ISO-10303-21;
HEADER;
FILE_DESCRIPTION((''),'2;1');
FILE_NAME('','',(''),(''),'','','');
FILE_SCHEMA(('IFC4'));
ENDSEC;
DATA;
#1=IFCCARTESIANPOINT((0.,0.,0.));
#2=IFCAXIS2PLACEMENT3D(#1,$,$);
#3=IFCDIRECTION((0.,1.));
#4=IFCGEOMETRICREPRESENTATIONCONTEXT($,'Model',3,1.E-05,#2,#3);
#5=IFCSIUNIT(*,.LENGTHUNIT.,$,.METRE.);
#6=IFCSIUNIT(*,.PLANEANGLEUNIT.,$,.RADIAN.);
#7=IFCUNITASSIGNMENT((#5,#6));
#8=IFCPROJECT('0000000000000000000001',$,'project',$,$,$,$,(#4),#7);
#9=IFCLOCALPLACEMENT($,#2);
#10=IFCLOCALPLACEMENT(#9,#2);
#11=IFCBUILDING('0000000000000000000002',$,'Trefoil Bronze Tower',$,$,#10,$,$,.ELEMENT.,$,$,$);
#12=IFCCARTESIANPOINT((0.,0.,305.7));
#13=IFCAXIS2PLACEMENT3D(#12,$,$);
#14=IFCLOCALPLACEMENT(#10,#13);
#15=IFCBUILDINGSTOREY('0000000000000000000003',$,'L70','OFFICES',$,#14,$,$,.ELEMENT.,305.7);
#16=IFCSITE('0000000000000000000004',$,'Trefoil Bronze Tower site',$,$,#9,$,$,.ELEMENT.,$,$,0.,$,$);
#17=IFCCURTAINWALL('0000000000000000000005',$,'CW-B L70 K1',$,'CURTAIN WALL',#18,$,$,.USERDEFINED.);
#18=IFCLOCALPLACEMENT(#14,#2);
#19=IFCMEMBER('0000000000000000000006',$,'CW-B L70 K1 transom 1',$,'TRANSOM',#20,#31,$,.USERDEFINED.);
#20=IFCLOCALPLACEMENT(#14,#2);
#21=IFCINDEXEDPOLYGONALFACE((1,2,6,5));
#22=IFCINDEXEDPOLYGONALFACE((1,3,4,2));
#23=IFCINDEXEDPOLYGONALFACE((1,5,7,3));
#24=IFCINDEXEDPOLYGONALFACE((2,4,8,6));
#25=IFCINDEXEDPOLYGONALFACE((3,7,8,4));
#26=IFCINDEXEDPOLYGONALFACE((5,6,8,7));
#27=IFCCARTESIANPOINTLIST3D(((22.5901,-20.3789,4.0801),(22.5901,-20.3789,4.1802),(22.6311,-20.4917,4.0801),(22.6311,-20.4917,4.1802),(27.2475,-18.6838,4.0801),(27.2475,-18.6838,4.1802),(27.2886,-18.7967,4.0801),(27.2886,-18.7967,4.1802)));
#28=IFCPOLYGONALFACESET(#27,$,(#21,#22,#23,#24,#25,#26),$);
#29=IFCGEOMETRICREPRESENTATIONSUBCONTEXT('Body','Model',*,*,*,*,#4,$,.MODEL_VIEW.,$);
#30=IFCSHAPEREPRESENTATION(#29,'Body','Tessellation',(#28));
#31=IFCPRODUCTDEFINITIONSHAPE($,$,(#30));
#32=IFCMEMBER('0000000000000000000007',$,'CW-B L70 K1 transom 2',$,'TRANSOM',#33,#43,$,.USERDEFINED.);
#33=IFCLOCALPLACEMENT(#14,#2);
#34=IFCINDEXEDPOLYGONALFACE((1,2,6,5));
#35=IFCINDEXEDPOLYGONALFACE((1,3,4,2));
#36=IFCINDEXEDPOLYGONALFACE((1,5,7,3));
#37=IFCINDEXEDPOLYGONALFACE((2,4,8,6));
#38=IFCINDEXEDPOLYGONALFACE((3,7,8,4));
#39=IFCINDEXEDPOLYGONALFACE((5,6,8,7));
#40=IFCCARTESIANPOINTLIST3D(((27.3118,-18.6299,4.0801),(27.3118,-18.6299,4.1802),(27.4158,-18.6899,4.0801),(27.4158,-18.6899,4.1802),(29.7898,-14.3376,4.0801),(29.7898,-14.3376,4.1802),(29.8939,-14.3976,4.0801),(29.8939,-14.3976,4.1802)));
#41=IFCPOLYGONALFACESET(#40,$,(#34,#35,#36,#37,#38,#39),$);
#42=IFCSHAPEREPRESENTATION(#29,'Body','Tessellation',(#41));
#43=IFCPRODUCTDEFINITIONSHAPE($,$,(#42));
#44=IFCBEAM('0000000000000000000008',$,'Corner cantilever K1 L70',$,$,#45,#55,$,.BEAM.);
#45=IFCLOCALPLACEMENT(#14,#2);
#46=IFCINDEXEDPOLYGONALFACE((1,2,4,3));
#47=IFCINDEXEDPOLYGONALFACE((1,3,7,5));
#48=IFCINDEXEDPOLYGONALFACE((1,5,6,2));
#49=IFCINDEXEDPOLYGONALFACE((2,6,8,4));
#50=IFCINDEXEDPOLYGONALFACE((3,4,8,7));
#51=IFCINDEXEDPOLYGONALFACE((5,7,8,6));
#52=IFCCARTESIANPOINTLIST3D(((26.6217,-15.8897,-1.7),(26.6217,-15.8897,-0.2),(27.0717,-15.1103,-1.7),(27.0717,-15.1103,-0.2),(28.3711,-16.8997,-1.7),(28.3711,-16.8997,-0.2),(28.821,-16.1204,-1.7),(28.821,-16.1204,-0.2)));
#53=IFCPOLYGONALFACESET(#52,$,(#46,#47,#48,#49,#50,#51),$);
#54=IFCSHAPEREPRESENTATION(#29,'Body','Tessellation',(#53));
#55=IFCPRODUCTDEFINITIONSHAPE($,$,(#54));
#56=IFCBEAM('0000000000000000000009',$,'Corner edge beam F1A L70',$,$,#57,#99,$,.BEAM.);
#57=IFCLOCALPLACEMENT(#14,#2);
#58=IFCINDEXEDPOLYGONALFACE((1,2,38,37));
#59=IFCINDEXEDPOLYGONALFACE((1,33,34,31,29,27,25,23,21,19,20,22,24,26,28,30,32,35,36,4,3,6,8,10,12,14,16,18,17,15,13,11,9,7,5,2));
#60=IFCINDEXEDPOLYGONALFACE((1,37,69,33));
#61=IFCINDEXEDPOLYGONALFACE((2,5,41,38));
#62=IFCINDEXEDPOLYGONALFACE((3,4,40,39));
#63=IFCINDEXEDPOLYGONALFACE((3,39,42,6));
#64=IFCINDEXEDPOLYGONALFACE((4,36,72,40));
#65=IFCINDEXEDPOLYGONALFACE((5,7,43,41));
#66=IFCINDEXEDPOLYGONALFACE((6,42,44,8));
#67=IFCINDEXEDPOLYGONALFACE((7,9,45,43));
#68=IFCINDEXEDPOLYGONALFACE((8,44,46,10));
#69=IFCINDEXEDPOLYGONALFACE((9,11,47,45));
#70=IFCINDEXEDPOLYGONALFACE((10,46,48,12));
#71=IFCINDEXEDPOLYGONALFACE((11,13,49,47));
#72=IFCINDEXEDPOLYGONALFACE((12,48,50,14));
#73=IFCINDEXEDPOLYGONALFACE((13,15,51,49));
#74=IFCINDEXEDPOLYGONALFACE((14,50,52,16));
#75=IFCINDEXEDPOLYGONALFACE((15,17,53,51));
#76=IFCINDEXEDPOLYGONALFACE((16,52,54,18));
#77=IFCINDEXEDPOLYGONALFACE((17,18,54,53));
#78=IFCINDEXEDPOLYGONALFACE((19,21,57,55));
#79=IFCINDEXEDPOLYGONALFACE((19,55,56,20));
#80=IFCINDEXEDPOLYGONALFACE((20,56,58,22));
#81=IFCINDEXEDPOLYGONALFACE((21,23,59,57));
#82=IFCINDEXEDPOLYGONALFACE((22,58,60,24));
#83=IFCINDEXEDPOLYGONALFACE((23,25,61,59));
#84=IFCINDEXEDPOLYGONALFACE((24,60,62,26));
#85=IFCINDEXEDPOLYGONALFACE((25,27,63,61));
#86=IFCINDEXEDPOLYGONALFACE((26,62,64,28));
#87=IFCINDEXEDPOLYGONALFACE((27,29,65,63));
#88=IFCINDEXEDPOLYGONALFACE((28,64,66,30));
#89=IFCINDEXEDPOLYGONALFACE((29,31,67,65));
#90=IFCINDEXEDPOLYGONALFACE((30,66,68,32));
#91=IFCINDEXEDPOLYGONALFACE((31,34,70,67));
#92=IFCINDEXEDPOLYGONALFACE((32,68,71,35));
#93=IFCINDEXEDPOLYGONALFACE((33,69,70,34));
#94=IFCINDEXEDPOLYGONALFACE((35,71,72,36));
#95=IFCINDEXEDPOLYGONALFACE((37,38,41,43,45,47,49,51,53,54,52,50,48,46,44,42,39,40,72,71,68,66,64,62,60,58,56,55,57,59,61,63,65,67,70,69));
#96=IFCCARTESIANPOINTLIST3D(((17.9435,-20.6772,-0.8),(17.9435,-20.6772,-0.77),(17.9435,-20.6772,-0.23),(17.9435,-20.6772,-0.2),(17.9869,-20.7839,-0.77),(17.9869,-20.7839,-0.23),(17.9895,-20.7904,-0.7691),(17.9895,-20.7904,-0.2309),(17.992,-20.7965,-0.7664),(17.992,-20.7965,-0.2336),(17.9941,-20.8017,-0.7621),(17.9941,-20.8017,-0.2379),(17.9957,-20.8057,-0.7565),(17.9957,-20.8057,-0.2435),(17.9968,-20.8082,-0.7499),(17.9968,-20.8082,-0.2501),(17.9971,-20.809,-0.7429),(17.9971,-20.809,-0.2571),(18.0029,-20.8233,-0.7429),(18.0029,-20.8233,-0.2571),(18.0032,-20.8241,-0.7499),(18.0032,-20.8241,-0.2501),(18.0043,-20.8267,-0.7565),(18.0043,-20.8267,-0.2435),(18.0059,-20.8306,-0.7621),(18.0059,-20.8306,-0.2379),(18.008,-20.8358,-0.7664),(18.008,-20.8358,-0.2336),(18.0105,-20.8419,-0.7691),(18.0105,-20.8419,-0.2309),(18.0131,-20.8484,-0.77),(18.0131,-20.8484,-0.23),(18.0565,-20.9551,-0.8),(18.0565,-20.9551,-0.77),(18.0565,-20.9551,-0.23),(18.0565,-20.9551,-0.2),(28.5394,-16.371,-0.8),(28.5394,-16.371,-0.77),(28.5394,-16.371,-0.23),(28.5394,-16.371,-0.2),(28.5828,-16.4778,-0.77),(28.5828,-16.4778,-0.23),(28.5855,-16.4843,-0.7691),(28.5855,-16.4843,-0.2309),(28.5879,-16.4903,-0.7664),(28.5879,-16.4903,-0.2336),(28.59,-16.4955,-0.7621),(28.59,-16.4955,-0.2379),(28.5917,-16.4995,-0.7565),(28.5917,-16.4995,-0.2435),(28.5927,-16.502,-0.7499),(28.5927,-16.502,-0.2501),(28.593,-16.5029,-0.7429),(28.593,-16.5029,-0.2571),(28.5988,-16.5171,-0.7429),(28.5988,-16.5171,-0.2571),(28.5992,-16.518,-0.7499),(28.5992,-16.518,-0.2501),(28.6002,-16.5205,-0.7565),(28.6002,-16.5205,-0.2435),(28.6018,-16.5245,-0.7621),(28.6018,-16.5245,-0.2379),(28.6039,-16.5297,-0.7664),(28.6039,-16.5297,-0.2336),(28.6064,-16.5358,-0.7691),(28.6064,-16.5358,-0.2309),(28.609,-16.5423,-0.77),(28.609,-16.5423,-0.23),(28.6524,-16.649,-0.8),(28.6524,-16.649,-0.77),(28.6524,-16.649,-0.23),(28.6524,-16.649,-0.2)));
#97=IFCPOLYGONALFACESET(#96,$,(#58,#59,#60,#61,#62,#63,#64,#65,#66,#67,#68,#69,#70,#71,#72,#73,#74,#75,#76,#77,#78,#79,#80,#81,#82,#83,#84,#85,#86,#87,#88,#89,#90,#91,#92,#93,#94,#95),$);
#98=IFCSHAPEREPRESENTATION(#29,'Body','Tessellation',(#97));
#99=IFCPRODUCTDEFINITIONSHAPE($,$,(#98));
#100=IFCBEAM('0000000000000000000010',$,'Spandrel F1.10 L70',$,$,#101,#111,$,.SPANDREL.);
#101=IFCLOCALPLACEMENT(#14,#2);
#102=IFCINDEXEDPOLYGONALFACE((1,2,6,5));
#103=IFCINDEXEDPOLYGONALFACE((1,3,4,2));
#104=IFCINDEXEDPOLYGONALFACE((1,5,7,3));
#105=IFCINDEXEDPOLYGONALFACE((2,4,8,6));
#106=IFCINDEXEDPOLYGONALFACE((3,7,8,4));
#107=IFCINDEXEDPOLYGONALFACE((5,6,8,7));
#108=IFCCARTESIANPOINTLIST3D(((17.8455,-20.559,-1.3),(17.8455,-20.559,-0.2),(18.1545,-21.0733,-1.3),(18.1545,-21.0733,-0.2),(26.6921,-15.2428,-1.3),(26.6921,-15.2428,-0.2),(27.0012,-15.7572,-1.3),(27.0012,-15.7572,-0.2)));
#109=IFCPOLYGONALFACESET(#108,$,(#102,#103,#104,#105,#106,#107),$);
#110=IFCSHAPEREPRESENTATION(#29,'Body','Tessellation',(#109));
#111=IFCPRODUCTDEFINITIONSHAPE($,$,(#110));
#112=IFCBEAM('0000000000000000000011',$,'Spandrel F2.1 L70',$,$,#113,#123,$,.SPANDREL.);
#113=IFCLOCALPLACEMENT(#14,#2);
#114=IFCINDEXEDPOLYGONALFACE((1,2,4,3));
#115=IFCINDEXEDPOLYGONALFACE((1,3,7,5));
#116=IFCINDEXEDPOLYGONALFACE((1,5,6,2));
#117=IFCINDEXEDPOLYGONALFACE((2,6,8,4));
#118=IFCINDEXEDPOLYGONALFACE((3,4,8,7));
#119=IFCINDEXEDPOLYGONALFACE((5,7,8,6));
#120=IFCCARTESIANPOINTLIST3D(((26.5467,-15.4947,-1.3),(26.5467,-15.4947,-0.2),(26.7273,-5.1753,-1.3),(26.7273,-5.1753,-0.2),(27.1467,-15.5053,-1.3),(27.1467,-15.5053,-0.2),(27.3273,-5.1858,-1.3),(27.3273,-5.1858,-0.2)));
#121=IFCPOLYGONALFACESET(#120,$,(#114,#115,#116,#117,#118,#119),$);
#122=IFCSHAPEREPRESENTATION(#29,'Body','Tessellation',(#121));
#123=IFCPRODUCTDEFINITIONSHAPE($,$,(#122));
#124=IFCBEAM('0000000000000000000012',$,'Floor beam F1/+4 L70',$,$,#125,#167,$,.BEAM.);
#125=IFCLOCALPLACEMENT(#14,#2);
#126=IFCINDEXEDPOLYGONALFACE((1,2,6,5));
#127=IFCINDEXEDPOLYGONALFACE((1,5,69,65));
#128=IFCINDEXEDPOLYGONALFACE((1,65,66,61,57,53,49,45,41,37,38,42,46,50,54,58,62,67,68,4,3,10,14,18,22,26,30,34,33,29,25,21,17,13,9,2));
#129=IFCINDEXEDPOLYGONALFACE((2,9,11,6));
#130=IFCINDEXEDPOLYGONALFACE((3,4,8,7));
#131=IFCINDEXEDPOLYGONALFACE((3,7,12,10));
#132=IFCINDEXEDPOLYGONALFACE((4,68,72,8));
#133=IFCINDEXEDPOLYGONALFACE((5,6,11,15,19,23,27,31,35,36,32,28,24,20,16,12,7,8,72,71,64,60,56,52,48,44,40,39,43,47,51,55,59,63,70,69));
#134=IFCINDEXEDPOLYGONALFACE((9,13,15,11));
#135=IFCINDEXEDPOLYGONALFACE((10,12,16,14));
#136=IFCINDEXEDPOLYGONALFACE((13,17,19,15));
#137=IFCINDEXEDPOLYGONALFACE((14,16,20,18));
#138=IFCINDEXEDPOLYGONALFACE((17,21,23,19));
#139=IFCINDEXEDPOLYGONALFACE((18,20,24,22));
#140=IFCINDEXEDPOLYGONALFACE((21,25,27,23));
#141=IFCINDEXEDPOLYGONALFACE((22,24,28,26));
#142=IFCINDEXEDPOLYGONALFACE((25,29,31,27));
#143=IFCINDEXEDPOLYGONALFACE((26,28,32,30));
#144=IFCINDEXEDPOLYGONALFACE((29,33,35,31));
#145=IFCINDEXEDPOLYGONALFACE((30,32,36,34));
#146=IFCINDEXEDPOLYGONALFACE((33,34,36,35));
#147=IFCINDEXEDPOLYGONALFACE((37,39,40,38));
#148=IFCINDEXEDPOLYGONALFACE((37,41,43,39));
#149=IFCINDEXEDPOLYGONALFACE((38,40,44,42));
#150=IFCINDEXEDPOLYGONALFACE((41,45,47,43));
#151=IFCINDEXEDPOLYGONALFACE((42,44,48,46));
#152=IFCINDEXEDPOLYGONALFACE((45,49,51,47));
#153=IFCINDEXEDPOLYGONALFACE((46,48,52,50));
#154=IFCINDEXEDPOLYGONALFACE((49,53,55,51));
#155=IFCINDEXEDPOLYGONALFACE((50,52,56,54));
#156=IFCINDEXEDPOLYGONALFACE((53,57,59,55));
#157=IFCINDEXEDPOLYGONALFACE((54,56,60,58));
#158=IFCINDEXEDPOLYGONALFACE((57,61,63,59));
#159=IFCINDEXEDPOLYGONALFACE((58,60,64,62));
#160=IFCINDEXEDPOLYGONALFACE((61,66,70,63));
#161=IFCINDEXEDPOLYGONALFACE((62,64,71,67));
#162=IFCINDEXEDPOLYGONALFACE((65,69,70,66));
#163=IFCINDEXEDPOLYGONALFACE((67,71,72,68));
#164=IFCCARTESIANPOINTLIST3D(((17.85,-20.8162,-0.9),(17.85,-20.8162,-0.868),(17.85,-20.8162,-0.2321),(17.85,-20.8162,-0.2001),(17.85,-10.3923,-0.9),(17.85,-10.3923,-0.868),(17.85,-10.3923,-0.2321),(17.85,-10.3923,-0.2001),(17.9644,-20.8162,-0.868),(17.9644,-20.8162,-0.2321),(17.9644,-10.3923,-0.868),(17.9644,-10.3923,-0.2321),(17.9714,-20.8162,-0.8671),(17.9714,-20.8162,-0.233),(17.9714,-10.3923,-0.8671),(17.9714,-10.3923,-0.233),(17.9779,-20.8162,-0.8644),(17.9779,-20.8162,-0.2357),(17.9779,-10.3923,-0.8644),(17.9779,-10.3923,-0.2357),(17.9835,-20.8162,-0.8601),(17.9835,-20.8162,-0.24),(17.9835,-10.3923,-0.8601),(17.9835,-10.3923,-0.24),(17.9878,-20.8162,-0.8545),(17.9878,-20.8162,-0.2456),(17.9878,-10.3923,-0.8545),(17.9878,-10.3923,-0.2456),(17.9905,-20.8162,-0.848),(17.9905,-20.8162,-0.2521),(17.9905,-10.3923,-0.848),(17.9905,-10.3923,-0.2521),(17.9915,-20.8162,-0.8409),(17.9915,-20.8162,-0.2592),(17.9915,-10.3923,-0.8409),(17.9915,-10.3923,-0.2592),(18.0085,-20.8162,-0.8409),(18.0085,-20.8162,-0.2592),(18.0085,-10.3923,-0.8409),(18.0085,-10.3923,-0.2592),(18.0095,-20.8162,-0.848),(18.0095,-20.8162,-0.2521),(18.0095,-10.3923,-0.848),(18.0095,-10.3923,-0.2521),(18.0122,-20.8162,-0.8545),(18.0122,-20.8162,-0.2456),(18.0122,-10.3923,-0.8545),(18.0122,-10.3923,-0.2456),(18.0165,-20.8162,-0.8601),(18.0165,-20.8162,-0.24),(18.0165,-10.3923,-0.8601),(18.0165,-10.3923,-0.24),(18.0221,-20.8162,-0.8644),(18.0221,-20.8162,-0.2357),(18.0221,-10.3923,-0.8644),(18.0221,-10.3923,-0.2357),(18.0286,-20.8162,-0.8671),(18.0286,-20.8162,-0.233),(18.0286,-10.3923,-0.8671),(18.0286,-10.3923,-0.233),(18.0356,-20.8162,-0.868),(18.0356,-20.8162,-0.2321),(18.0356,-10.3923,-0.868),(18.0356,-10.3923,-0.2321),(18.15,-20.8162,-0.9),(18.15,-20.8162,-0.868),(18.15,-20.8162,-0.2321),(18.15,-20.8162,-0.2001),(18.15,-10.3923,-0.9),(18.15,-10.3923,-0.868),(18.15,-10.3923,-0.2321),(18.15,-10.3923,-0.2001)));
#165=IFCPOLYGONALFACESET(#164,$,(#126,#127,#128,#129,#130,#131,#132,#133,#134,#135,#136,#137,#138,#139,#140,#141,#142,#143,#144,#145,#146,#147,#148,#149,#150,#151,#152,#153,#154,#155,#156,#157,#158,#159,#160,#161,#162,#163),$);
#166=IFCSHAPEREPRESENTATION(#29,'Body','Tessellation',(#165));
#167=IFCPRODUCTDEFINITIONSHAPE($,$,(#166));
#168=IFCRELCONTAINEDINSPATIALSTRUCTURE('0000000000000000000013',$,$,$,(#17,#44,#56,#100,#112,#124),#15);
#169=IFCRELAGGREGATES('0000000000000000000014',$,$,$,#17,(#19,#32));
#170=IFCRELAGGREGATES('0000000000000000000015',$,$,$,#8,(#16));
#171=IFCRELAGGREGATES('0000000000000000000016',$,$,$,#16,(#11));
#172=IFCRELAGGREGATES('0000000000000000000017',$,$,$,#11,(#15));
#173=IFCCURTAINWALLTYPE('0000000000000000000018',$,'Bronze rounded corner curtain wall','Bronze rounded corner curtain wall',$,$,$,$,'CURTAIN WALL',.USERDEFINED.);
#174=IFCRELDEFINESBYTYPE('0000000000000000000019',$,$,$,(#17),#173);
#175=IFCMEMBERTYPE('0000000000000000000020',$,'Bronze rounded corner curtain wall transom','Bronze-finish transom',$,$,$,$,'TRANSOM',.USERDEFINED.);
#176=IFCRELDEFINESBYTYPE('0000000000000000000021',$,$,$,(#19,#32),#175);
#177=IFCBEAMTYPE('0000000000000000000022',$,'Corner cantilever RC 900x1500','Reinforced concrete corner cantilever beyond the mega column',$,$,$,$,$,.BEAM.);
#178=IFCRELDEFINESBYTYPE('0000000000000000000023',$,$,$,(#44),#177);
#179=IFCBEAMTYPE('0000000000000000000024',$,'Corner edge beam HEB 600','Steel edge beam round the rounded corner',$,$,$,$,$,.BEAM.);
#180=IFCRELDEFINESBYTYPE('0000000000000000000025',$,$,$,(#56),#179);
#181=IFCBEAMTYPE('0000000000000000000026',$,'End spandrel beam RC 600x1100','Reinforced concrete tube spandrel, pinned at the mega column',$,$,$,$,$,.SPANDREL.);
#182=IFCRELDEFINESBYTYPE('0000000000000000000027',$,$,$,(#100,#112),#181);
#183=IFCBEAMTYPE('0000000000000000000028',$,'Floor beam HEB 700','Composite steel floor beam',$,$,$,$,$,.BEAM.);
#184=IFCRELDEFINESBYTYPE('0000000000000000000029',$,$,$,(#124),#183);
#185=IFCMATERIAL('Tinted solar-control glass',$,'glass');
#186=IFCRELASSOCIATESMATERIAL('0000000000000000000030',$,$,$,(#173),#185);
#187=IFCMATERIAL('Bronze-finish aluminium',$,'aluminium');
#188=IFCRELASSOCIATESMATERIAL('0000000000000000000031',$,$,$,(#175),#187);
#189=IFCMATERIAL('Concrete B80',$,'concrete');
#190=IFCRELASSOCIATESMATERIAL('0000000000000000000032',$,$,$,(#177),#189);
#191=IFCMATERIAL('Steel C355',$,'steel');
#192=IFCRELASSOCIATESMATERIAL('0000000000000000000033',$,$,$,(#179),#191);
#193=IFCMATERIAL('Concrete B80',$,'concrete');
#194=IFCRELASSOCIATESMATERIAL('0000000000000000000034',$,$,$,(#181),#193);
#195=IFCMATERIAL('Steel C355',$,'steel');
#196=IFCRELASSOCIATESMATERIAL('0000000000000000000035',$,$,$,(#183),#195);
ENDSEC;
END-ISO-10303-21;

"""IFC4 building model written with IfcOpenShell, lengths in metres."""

from ifc_helpers import new_model, si_unit, direction, frame, origin, origin_2d, place, context, subcontext, project, spatial, rectangle, i_section, extrude, material, material_profile, profile_set, type_object, element, aggregate, save


model = new_model("IFC4")

# Units and contexts
model_context = context("Model", 3, precision=1e-05, world=origin(), true_north=direction((0.0, 1.0)))
body_context = subcontext(model_context, "Body", "Model", "MODEL_VIEW")
ifc_project = project(units=[si_unit("LENGTHUNIT", "METRE"), si_unit("PLANEANGLEUNIT", "RADIAN")], contexts=[model_context])

# Site, building, storey
site_placement = place(None, origin())
site = spatial("IfcSite", under=ifc_project, at=site_placement, Name="Trefoil Bronze Tower site", CompositionType="ELEMENT", RefElevation=0.0)
building_placement = place(site_placement, origin())
building = spatial("IfcBuilding", under=site, at=building_placement, Name="Trefoil Bronze Tower", CompositionType="ELEMENT")
storey_placement = place(building_placement, frame((0.0, 0.0, 305.7)))
storey = spatial("IfcBuildingStorey", under=building, at=storey_placement, Name="L70", Description="OFFICES", CompositionType="ELEMENT", Elevation=305.7)

# Curtain wall, members
ifc_material_1 = material(Name="Tinted solar-control glass", Category="glass")
curtain_wall_type_1 = type_object("IfcCurtainWallType", Name="Bronze rounded corner curtain wall", Description="Bronze rounded corner curtain wall", ElementType="CURTAIN WALL", PredefinedType="USERDEFINED", material=ifc_material_1)
curtain_wall_1_placement = place(storey_placement, origin())
curtain_wall_1 = element("IfcCurtainWall", 1, at=curtain_wall_1_placement, inside=storey, type_object=curtain_wall_type_1, Name="CW-B L70 K1", ObjectType="CURTAIN WALL", PredefinedType="USERDEFINED")
ifc_material_2 = material(Name="Bronze-finish aluminium", Category="aluminium")
ifc_material_profile_1 = material_profile(ifc_material_2, rectangle(XDim=0.1201, YDim=0.1001, at=origin_2d()), Name="CW-B transom")
ifc_profile_set_1 = profile_set([ifc_material_profile_1], Name="Bronze-finish aluminium")
member_type_1 = type_object("IfcMemberType", Name="Bronze rounded corner curtain wall transom", Description="Bronze-finish transom", ElementType="TRANSOM", PredefinedType="USERDEFINED", material=ifc_profile_set_1)
member_1_placement = place(storey_placement, frame((22.6106, -20.4353, 4.1301), z_axis=(0.9397, 0.342, 0.0), x_axis=(-0.342, 0.9397, 0.0)))
member_1 = element("IfcMember", 2, at=member_1_placement, type_object=member_type_1, Name="CW-B L70 K1 transom 1", ObjectType="TRANSOM", PredefinedType="USERDEFINED", context=body_context, shape_type="SweptSolid", body=[
    extrude(rectangle(XDim=0.1201, YDim=0.1001, at=origin_2d()), origin(), (0.0, 0.0, 1.0), 4.9563),
])
member_2_placement = place(storey_placement, frame((27.3638, -18.6599, 4.1301), z_axis=(0.499985, 0.866034, 0.0), x_axis=(-0.866034, 0.499985, 0.0)))
member_2 = element("IfcMember", 3, at=member_2_placement, type_object=member_type_1, Name="CW-B L70 K1 transom 2", ObjectType="TRANSOM", PredefinedType="USERDEFINED", context=body_context, shape_type="SweptSolid", body=[
    extrude(rectangle(XDim=0.1201, YDim=0.1001, at=origin_2d()), origin(), (0.0, 0.0, 1.0), 4.9563),
])

# Beams
ifc_material_3 = material(Name="Concrete B80", Category="concrete")
ifc_material_profile_2 = material_profile(ifc_material_3, rectangle(XDim=0.8999, YDim=1.5, at=origin_2d()), Name="RC 900x1500")
ifc_profile_set_2 = profile_set([ifc_material_profile_2], Name="Concrete B80")
beam_type_1 = type_object("IfcBeamType", Name="Corner cantilever RC 900x1500", Description="Reinforced concrete corner cantilever beyond the mega column", PredefinedType="BEAM", material=ifc_profile_set_2)
beam_1_placement = place(storey_placement, frame((26.8467, -15.5, -0.95), z_axis=(0.86601, -0.500026, 0.0), x_axis=(0.500026, 0.86601, 0.0)))
element("IfcBeam", 4, at=beam_1_placement, inside=storey, type_object=beam_type_1, Name="Corner cantilever K1 L70", PredefinedType="BEAM", context=body_context, shape_type="SweptSolid", body=[
    extrude(rectangle(XDim=0.8999, YDim=1.5, at=origin_2d()), origin(), (0.0, 0.0, 1.0), 2.02),
])
ifc_material_4 = material(Name="Steel C355", Category="steel")
ifc_material_profile_3 = material_profile(ifc_material_4, i_section(OverallWidth=0.3, OverallDepth=0.6001, WebThickness=0.0154, FlangeThickness=0.03, FilletRadius=0.0271, at=origin_2d()), Name="HEB 600")
ifc_profile_set_3 = profile_set([ifc_material_profile_3], Name="Steel C355")
beam_type_2 = type_object("IfcBeamType", Name="Corner edge beam HEB 600", Description="Steel edge beam round the rounded corner", PredefinedType="BEAM", material=ifc_profile_set_3)
beam_2_placement = place(storey_placement, frame((18.0, -20.8162, -0.5), z_axis=(0.926419, 0.376493, 0.0), x_axis=(-0.376493, 0.926419, 0.0)))
element("IfcBeam", 5, at=beam_2_placement, inside=storey, type_object=beam_type_2, Name="Corner edge beam F1A L70", PredefinedType="BEAM", context=body_context, shape_type="SweptSolid", body=[
    extrude(i_section(OverallWidth=0.3, OverallDepth=0.6001, WebThickness=0.0154, FlangeThickness=0.03, FilletRadius=0.0271, at=origin_2d()), origin(), (0.0, 0.0, 1.0), 11.4375),
])
ifc_material_5 = material(Name="Concrete B80", Category="concrete")
ifc_material_profile_4 = material_profile(ifc_material_5, rectangle(XDim=0.6001, YDim=1.1001, at=origin_2d()), Name="RC 600x1100")
ifc_profile_set_4 = profile_set([ifc_material_profile_4], Name="Concrete B80")
beam_type_3 = type_object("IfcBeamType", Name="End spandrel beam RC 600x1100", Description="Reinforced concrete tube spandrel, pinned at the mega column", PredefinedType="SPANDREL", material=ifc_profile_set_4)
for number, where, z_axis, x_axis, name in (
    (6, (18.0, -20.8162, -0.75), (0.857144, 0.515077, 0.0), (-0.515077, 0.857144, 0.0), "Spandrel F1.10 L70"),
    (7, (26.8467, -15.5, -0.75), (0.017504, 0.999847, 0.0), (-0.999847, 0.017504, 0.0), "Spandrel F2.1 L70"),
):
    element("IfcBeam", number, at=place(storey_placement, frame(where, z_axis=z_axis, x_axis=x_axis)), inside=storey, type_object=beam_type_3, Name=name, PredefinedType="SPANDREL", context=body_context, shape_type="SweptSolid", body=[
        extrude(rectangle(XDim=0.6001, YDim=1.1001, at=origin_2d()), origin(), (0.0, 0.0, 1.0), 10.321),
    ])
ifc_material_6 = material(Name="Steel C355", Category="steel")
ifc_material_profile_5 = material_profile(ifc_material_6, i_section(OverallWidth=0.3, OverallDepth=0.7, WebThickness=0.0171, FlangeThickness=0.032, FilletRadius=0.0271, at=origin_2d()), Name="HEB 700")
ifc_profile_set_5 = profile_set([ifc_material_profile_5], Name="Steel C355")
beam_type_4 = type_object("IfcBeamType", Name="Floor beam HEB 700", Description="Composite steel floor beam", PredefinedType="BEAM", material=ifc_profile_set_5)
beam_3_placement = place(storey_placement, frame((18.0, -20.8162, -0.55), z_axis=(0.0, 1.0, 0.0), x_axis=(-1.0, 0.0, 0.0)))
element("IfcBeam", 8, at=beam_3_placement, inside=storey, type_object=beam_type_4, Name="Floor beam F1/+4 L70", PredefinedType="BEAM", context=body_context, shape_type="SweptSolid", body=[
    extrude(i_section(OverallWidth=0.3, OverallDepth=0.7, WebThickness=0.0171, FlangeThickness=0.032, FilletRadius=0.0271, at=origin_2d()), origin(), (0.0, 0.0, 1.0), 10.4238),
])

aggregate(curtain_wall_1, [member_1, member_2])

save(model, "model.ifc")
